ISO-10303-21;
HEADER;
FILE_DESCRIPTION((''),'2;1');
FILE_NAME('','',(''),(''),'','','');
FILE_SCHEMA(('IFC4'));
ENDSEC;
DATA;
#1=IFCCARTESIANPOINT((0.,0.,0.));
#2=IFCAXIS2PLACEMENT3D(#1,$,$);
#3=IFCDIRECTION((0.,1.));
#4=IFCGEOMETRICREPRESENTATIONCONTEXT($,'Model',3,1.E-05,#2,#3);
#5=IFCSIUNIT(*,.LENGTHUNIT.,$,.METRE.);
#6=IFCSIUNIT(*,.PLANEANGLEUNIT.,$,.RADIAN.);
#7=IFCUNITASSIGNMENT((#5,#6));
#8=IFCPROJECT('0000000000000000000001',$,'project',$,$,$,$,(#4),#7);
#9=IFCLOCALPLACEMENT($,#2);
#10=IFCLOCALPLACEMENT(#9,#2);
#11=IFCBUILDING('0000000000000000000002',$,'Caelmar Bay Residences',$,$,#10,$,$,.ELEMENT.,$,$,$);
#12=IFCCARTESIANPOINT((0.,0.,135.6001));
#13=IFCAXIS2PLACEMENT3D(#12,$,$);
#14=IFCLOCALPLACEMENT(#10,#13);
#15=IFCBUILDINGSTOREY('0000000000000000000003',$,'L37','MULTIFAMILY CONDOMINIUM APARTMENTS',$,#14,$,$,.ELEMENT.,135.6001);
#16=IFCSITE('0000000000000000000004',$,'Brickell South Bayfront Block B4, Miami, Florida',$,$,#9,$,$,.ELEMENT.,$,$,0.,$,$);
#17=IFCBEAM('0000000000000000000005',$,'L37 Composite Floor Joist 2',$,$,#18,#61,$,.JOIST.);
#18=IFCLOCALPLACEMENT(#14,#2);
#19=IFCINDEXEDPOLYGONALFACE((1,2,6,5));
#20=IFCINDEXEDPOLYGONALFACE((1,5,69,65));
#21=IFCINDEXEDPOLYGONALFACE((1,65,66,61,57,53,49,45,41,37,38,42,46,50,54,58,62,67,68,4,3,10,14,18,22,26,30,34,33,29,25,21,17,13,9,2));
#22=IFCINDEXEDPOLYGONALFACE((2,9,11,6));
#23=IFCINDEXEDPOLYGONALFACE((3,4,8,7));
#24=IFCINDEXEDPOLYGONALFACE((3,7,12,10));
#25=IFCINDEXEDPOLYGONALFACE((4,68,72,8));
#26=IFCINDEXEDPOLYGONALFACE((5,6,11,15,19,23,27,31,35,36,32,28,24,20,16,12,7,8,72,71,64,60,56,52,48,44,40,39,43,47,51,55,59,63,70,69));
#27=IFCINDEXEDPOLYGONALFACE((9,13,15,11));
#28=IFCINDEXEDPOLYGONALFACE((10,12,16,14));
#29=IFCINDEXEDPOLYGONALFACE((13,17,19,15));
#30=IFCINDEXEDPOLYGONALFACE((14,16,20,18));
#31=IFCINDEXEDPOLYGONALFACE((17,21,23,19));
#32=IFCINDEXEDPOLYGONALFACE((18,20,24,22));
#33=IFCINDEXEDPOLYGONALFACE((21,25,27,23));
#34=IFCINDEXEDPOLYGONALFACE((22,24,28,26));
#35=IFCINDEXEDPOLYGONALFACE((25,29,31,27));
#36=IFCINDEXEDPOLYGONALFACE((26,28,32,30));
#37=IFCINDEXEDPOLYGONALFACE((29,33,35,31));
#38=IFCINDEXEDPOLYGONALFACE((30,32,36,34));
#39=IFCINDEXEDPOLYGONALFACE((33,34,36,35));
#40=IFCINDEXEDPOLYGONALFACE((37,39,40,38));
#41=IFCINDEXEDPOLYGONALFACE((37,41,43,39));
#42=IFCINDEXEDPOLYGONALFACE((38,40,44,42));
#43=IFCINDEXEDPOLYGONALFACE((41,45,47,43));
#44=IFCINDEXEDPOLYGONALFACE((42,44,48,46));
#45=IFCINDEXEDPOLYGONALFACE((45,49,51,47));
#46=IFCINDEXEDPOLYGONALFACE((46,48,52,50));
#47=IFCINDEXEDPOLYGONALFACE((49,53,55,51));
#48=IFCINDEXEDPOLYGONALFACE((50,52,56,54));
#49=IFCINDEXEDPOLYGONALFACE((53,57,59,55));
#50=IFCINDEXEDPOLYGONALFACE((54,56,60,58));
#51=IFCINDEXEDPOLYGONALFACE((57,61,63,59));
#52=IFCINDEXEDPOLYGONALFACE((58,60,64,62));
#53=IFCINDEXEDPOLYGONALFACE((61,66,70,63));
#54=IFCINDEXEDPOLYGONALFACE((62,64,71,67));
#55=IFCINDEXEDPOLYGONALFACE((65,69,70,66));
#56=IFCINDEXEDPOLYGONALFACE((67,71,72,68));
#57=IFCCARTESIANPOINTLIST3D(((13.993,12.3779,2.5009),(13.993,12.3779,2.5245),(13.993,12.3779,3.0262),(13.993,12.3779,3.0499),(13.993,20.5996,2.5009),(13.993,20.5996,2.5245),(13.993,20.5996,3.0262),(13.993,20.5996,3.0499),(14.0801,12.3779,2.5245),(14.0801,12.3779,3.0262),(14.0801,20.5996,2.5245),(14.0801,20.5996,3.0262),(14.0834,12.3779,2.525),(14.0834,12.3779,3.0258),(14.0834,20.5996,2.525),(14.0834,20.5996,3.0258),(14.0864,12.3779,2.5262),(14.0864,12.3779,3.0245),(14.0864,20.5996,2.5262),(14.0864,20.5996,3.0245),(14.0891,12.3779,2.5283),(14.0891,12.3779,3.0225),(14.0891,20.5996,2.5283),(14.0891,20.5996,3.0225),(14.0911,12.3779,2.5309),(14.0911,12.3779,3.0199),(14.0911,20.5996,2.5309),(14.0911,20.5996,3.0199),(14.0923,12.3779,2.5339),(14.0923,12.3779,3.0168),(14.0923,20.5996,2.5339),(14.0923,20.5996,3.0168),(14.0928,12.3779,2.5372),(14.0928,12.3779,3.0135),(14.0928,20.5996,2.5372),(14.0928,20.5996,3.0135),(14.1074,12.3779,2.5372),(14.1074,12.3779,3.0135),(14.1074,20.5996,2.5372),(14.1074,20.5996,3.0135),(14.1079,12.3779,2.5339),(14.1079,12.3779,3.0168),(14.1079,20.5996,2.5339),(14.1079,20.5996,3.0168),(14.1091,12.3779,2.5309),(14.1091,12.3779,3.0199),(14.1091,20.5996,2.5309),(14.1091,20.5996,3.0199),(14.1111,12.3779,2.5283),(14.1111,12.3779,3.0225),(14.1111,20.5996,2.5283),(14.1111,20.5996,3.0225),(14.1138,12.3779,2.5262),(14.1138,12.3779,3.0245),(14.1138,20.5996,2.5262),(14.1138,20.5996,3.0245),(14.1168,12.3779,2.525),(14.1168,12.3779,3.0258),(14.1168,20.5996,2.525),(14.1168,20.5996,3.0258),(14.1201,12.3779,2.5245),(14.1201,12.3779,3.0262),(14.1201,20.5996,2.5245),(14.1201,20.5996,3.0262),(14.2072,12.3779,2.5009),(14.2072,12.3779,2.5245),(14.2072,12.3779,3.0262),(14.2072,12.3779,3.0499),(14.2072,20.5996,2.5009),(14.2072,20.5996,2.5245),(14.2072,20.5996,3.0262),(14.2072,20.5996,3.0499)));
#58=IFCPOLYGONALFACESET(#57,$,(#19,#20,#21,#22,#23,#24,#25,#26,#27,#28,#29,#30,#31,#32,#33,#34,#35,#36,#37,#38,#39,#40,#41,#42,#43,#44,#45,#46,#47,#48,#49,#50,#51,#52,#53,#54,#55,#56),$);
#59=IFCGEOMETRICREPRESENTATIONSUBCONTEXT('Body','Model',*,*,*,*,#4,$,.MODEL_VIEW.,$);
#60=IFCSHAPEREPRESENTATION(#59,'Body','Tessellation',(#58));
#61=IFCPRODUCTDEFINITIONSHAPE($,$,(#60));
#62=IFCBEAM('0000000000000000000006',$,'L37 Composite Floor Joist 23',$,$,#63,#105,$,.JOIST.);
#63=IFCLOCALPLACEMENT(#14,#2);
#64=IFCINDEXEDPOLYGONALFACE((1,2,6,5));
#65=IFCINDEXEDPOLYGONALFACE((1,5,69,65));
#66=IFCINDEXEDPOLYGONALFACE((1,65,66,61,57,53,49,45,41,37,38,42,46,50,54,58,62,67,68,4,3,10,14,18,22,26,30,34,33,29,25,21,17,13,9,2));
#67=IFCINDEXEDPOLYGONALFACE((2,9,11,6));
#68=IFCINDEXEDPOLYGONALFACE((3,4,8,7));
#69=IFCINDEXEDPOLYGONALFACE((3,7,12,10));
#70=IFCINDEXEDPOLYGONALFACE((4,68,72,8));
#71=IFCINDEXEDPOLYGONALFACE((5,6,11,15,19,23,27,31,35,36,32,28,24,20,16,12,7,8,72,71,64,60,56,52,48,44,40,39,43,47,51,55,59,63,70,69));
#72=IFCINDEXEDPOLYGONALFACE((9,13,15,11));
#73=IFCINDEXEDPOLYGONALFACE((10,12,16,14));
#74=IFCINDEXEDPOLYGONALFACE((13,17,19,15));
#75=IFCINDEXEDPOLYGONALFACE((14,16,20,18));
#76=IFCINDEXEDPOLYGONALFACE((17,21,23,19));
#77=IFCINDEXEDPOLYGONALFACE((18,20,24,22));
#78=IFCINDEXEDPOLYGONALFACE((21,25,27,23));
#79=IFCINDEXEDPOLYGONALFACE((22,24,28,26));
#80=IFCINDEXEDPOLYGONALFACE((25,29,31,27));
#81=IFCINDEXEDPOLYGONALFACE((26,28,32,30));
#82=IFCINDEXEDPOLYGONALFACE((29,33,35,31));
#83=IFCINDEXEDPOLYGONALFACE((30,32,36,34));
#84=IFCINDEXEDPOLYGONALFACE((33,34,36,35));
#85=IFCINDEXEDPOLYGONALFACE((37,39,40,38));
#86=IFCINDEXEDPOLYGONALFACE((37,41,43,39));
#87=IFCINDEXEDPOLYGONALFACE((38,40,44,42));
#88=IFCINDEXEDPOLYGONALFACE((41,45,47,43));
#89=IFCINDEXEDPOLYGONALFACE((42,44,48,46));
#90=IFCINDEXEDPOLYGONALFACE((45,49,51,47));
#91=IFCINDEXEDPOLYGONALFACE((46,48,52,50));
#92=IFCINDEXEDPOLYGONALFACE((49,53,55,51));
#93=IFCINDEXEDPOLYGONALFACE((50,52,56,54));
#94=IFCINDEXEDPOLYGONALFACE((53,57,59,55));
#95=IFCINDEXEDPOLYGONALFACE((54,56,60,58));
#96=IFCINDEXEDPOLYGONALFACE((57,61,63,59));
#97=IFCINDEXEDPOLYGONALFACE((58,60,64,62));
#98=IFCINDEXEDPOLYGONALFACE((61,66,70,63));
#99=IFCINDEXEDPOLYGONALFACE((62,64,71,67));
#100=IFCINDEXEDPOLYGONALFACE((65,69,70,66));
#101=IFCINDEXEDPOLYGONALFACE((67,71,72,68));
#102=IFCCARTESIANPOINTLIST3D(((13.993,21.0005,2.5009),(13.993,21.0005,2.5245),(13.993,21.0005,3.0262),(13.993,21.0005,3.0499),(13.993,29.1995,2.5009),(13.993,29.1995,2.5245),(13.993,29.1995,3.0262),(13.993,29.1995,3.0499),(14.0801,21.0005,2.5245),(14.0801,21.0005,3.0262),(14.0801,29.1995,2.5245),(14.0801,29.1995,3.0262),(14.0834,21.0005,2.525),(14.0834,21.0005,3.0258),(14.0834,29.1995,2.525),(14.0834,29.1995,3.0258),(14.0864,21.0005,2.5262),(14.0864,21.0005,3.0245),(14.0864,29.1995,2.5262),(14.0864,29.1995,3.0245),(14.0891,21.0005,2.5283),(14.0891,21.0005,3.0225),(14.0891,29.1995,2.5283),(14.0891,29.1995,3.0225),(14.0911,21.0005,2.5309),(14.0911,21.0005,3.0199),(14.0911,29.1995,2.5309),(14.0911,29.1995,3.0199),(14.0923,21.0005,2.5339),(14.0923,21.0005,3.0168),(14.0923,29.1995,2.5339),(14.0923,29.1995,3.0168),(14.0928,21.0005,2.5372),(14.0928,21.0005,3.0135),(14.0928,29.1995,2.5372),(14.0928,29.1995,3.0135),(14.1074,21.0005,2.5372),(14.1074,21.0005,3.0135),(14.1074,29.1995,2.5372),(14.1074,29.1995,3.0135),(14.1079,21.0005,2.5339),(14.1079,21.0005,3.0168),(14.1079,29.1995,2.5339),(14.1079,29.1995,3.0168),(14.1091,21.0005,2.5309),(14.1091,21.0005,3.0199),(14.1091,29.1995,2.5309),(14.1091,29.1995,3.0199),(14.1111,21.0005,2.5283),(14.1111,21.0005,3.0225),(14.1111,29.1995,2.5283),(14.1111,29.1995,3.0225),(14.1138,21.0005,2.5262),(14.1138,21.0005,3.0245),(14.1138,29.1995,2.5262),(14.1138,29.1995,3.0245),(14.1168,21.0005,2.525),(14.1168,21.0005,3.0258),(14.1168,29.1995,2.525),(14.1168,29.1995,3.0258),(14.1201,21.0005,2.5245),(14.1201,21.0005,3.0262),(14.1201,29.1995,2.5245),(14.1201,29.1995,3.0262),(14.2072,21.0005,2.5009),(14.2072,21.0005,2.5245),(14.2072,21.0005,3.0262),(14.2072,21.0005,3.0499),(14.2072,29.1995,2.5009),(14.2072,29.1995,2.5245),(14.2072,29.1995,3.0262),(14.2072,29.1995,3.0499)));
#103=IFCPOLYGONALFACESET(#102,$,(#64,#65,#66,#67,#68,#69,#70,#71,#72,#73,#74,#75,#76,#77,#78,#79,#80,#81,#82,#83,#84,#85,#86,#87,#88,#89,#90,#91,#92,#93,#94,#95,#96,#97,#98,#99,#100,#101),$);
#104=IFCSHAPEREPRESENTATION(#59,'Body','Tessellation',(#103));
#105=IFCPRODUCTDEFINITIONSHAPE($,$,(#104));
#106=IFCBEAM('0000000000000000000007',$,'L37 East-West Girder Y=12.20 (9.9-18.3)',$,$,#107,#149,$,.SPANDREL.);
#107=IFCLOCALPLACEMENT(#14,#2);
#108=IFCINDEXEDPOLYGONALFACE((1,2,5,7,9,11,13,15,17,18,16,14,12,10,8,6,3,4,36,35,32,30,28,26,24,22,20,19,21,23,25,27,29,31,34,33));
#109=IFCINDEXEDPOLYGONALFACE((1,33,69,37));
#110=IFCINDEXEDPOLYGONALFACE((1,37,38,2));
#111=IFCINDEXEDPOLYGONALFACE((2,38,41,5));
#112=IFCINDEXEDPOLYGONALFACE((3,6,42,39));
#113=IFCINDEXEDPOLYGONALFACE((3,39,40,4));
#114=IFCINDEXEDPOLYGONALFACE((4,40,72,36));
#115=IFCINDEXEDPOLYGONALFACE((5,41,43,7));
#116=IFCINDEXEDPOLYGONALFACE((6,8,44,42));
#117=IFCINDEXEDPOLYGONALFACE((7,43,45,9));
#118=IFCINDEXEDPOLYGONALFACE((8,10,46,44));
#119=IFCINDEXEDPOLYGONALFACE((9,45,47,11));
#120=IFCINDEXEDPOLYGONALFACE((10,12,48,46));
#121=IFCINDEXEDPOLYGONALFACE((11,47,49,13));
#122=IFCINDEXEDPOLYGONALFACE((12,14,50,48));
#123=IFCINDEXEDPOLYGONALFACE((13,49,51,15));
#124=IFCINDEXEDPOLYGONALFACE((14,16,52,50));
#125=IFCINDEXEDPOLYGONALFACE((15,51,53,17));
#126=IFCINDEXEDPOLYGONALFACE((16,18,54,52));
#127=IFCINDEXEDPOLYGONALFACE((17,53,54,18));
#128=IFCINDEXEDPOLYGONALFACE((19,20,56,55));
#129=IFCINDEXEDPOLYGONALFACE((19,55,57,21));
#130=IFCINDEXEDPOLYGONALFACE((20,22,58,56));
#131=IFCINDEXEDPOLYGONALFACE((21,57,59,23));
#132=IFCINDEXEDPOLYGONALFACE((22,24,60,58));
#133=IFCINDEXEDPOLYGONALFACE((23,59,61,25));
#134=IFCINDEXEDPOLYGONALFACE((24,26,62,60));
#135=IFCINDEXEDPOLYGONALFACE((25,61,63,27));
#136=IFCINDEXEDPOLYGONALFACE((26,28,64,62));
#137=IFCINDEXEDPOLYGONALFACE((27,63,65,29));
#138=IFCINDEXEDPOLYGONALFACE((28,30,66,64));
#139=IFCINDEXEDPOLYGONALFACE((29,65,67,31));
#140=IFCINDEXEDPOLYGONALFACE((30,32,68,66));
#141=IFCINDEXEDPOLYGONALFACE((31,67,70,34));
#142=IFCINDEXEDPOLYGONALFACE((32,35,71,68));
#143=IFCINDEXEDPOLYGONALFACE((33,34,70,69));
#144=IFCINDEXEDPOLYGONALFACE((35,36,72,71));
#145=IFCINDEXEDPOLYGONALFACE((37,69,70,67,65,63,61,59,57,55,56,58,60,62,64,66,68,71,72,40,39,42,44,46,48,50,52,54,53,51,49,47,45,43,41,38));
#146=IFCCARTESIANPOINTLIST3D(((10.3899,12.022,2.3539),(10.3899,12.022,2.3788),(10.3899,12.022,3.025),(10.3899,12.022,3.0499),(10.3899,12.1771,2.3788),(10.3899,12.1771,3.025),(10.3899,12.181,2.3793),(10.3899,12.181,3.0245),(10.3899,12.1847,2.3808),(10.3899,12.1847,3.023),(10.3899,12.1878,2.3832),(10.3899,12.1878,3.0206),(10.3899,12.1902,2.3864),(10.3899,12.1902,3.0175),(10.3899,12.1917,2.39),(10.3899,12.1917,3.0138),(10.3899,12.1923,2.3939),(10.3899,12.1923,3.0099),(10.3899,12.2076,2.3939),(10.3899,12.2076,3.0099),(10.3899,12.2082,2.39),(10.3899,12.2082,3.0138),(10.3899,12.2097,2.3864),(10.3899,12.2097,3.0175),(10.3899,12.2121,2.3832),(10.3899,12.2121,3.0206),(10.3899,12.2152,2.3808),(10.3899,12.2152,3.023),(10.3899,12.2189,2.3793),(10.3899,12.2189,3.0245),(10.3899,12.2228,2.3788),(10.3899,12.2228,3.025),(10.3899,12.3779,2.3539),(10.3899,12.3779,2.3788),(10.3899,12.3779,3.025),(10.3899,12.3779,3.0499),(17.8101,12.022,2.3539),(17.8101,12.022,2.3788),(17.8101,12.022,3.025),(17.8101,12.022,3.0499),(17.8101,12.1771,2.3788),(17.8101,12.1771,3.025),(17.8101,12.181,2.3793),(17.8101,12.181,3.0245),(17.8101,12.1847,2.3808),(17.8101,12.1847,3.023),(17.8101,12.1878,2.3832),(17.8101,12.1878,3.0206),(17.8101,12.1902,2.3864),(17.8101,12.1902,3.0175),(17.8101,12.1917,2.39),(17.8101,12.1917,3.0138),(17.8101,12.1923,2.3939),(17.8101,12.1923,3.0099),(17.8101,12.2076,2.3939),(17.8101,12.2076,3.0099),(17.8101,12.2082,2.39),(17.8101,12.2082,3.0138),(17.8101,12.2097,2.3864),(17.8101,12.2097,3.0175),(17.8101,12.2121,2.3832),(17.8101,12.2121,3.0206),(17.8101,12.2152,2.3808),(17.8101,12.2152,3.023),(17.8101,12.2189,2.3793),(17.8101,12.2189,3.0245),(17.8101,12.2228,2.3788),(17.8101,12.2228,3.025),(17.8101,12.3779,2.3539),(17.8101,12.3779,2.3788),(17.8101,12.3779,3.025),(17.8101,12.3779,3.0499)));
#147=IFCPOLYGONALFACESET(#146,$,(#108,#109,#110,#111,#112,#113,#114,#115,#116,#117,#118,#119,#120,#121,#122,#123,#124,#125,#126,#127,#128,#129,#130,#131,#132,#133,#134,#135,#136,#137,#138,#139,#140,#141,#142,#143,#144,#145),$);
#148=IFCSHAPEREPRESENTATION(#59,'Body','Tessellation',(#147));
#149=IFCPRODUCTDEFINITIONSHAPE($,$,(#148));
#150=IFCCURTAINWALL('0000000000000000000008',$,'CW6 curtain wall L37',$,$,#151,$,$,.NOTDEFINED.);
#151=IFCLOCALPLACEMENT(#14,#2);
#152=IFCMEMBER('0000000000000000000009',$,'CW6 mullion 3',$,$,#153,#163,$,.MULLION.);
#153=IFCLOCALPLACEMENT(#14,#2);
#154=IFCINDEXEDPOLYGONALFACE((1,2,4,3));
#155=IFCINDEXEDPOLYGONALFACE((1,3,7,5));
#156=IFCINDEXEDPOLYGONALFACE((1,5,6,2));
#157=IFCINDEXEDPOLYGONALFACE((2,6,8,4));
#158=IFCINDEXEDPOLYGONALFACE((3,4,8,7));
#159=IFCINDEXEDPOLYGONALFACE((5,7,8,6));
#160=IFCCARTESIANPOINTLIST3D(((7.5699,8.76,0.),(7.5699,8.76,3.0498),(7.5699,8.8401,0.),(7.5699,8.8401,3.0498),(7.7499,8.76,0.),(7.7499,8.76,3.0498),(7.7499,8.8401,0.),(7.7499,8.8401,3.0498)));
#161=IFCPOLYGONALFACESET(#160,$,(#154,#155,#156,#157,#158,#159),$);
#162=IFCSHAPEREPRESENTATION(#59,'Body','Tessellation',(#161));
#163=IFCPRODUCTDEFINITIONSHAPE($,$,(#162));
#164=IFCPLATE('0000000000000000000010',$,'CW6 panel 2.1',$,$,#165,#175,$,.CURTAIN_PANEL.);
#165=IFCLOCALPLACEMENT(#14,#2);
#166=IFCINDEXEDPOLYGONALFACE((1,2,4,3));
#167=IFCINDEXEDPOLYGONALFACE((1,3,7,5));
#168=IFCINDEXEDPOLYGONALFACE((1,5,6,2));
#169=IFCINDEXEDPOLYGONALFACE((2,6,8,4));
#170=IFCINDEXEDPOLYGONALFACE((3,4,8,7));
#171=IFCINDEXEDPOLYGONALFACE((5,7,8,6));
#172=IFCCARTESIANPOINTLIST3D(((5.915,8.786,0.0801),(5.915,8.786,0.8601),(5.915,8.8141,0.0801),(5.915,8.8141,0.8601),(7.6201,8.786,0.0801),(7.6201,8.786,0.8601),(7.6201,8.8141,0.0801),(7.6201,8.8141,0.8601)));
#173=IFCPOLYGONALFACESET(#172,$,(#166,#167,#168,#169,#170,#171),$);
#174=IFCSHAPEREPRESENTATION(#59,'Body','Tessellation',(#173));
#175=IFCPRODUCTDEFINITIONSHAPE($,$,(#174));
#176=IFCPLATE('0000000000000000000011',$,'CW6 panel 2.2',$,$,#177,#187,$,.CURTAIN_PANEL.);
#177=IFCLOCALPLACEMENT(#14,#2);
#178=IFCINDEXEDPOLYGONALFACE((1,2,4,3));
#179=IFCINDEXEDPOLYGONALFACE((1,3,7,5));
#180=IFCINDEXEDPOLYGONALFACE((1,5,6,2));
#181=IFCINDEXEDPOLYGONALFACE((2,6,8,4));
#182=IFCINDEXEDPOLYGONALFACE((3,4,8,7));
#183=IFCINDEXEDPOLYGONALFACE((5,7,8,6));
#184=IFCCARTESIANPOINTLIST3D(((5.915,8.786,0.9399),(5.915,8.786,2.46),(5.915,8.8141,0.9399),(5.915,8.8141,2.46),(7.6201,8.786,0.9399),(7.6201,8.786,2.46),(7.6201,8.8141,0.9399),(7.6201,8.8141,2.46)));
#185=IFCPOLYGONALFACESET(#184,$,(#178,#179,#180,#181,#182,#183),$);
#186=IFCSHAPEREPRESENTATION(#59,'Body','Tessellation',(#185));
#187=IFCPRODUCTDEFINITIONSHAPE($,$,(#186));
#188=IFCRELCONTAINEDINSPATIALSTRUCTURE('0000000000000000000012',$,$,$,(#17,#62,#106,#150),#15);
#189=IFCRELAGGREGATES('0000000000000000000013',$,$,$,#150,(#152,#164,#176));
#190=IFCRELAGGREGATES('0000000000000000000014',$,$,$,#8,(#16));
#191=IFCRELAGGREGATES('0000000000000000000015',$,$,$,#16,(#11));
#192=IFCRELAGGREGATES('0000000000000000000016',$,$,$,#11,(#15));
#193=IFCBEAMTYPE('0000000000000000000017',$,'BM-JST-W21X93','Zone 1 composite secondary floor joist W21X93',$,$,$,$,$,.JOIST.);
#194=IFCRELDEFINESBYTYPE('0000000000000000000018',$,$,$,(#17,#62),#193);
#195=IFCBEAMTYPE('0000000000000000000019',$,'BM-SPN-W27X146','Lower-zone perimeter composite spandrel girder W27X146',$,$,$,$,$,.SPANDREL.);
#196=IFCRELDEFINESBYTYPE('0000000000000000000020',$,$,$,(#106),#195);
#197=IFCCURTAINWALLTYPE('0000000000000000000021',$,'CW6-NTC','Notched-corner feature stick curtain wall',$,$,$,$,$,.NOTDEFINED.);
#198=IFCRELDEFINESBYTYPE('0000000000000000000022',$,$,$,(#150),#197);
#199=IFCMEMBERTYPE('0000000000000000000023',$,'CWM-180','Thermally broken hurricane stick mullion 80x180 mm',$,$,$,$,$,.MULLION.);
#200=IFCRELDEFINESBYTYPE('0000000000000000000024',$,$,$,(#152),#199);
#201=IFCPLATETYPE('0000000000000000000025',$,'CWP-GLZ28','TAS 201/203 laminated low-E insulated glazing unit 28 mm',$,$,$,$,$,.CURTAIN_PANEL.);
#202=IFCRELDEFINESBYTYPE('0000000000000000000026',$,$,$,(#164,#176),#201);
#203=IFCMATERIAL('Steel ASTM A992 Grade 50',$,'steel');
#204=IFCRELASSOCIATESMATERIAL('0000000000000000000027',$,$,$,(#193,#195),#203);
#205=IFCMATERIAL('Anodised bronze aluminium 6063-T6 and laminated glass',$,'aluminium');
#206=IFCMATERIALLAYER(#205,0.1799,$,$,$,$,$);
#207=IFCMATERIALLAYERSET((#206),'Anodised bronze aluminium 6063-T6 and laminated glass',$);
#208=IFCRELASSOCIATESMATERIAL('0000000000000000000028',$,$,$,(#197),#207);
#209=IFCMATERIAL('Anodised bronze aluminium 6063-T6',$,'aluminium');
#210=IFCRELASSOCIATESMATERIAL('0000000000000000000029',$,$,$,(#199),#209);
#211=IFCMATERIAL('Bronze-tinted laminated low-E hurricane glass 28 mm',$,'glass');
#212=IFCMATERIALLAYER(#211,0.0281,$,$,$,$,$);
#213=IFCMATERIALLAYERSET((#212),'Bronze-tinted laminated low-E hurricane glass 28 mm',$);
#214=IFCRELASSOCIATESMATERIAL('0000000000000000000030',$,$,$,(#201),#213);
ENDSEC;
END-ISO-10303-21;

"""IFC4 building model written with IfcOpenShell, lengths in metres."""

from ifc_helpers import new_model, si_unit, direction, frame, origin, origin_2d, place, context, subcontext, project, spatial, rectangle, i_section, extrude, material, layer, layer_set, material_profile, profile_set, type_object, element, aggregate, save


model = new_model("IFC4")

# Units and contexts
model_context = context("Model", 3, precision=1e-05, world=origin(), true_north=direction((0.0, 1.0)))
body_context = subcontext(model_context, "Body", "Model", "MODEL_VIEW")
ifc_project = project(units=[si_unit("LENGTHUNIT", "METRE"), si_unit("PLANEANGLEUNIT", "RADIAN")], contexts=[model_context])

# Site, building, storey
site_placement = place(None, origin())
site = spatial("IfcSite", under=ifc_project, at=site_placement, Name="Brickell South Bayfront Block B4, Miami, Florida", CompositionType="ELEMENT", RefElevation=0.0)
building_placement = place(site_placement, origin())
building = spatial("IfcBuilding", under=site, at=building_placement, Name="Caelmar Bay Residences", CompositionType="ELEMENT")
storey_placement = place(building_placement, frame((0.0, 0.0, 135.6001)))
storey = spatial("IfcBuildingStorey", under=building, at=storey_placement, Name="L37", Description="MULTIFAMILY CONDOMINIUM APARTMENTS", CompositionType="ELEMENT", Elevation=135.6001)

# Beams
ifc_material_1 = material(Name="Steel ASTM A992 Grade 50", Category="steel")
ifc_material_profile_1 = material_profile(ifc_material_1, i_section(OverallWidth=0.2141, OverallDepth=0.5491, WebThickness=0.0146, FlangeThickness=0.0237, FilletRadius=0.0127, at=origin_2d()), Name="W21X93")
ifc_profile_set_1 = profile_set([ifc_material_profile_1], Name="Steel ASTM A992 Grade 50")
beam_type_1 = type_object("IfcBeamType", Name="BM-JST-W21X93", Description="Zone 1 composite secondary floor joist W21X93", PredefinedType="JOIST", material=ifc_profile_set_1)
beam_1_placement = place(storey_placement, frame((14.1001, 12.3779, 2.7754), z_axis=(0.0, 1.0, 0.0), x_axis=(-1.0, 0.0, 0.0)))
element("IfcBeam", 1, at=beam_1_placement, inside=storey, type_object=beam_type_1, Name="L37 Composite Floor Joist 2", PredefinedType="JOIST", context=body_context, shape_type="SweptSolid", body=[
    extrude(i_section(OverallWidth=0.2141, OverallDepth=0.5491, WebThickness=0.0146, FlangeThickness=0.0237, FilletRadius=0.0127, at=origin_2d()), origin(), (0.0, 0.0, 1.0), 8.2217),
])
beam_2_placement = place(storey_placement, frame((14.1001, 21.0005, 2.7754), z_axis=(0.0, 1.0, 0.0), x_axis=(-1.0, 0.0, 0.0)))
element("IfcBeam", 2, at=beam_2_placement, inside=storey, type_object=beam_type_1, Name="L37 Composite Floor Joist 23", PredefinedType="JOIST", context=body_context, shape_type="SweptSolid", body=[
    extrude(i_section(OverallWidth=0.2141, OverallDepth=0.5491, WebThickness=0.0146, FlangeThickness=0.0237, FilletRadius=0.0127, at=origin_2d()), origin(), (0.0, 0.0, 1.0), 8.199),
])
ifc_material_profile_2 = material_profile(ifc_material_1, i_section(OverallWidth=0.356, OverallDepth=0.696, WebThickness=0.0154, FlangeThickness=0.0249, FilletRadius=0.0151, at=origin_2d()), Name="W27X146")
ifc_profile_set_2 = profile_set([ifc_material_profile_2], Name="Steel ASTM A992 Grade 50")
beam_type_2 = type_object("IfcBeamType", Name="BM-SPN-W27X146", Description="Lower-zone perimeter composite spandrel girder W27X146", PredefinedType="SPANDREL", material=ifc_profile_set_2)
beam_3_placement = place(storey_placement, frame((10.3899, 12.2, 2.7019), z_axis=(1.0, 0.0, 0.0), x_axis=(0.0, 1.0, 0.0)))
element("IfcBeam", 3, at=beam_3_placement, inside=storey, type_object=beam_type_2, Name="L37 East-West Girder Y=12.20 (9.9-18.3)", PredefinedType="SPANDREL", context=body_context, shape_type="SweptSolid", body=[
    extrude(i_section(OverallWidth=0.356, OverallDepth=0.696, WebThickness=0.0154, FlangeThickness=0.0249, FilletRadius=0.0151, at=origin_2d()), origin(), (0.0, 0.0, 1.0), 7.4202),
])

# Curtain wall, member, plates
ifc_material_2 = material(Name="Anodised bronze aluminium 6063-T6 and laminated glass", Category="aluminium")
ifc_layer_1 = layer(ifc_material_2, 0.1799)
ifc_layer_set_1 = layer_set([ifc_layer_1], Name="Anodised bronze aluminium 6063-T6 and laminated glass")
curtain_wall_type = type_object("IfcCurtainWallType", Name="CW6-NTC", Description="Notched-corner feature stick curtain wall", PredefinedType="NOTDEFINED", material=ifc_layer_set_1)
curtain_wall_placement = place(storey_placement, origin())
curtain_wall = element("IfcCurtainWall", 4, at=curtain_wall_placement, inside=storey, type_object=curtain_wall_type, Name="CW6 curtain wall L37", PredefinedType="NOTDEFINED")
ifc_material_3 = material(Name="Anodised bronze aluminium 6063-T6", Category="aluminium")
ifc_material_profile_3 = material_profile(ifc_material_3, rectangle(XDim=0.0801, YDim=0.1799, at=origin_2d()), Name="CWM-80X180")
ifc_profile_set_3 = profile_set([ifc_material_profile_3], Name="Anodised bronze aluminium 6063-T6")
member_type = type_object("IfcMemberType", Name="CWM-180", Description="Thermally broken hurricane stick mullion 80x180 mm", PredefinedType="MULLION", material=ifc_profile_set_3)
member_placement = place(storey_placement, frame((7.6599, 8.8, 0.0), z_axis=(0.0, 0.0, 1.0), x_axis=(0.0, 1.0, 0.0)))
member = element("IfcMember", 5, at=member_placement, type_object=member_type, Name="CW6 mullion 3", PredefinedType="MULLION", context=body_context, shape_type="SweptSolid", body=[
    extrude(rectangle(XDim=0.0801, YDim=0.1799, at=origin_2d()), origin(), (0.0, 0.0, 1.0), 3.0498),
])
ifc_material_4 = material(Name="Bronze-tinted laminated low-E hurricane glass 28 mm", Category="glass")
ifc_layer_2 = layer(ifc_material_4, 0.0281)
ifc_layer_set_2 = layer_set([ifc_layer_2], Name="Bronze-tinted laminated low-E hurricane glass 28 mm")
plate_type = type_object("IfcPlateType", Name="CWP-GLZ28", Description="TAS 201/203 laminated low-E insulated glazing unit 28 mm", PredefinedType="CURTAIN_PANEL", material=ifc_layer_set_2)
plate_1_placement = place(storey_placement, frame((6.7676, 8.8, 0.0801), z_axis=(0.0, 0.0, 1.0), x_axis=(1.0, 0.0, 0.0)))
plate_1 = element("IfcPlate", 6, at=plate_1_placement, type_object=plate_type, Name="CW6 panel 2.1", PredefinedType="CURTAIN_PANEL", context=body_context, shape_type="SweptSolid", body=[
    extrude(rectangle(XDim=1.7051, YDim=0.0281, at=origin_2d()), origin(), (0.0, 0.0, 1.0), 0.78),
])
plate_2_placement = place(storey_placement, frame((6.7676, 8.8, 0.9399), z_axis=(0.0, 0.0, 1.0), x_axis=(1.0, 0.0, 0.0)))
plate_2 = element("IfcPlate", 7, at=plate_2_placement, type_object=plate_type, Name="CW6 panel 2.2", PredefinedType="CURTAIN_PANEL", context=body_context, shape_type="SweptSolid", body=[
    extrude(rectangle(XDim=1.7051, YDim=0.0281, at=origin_2d()), origin(), (0.0, 0.0, 1.0), 1.52),
])
aggregate(curtain_wall, [member, plate_1, plate_2])

save(model, "model.ifc")
